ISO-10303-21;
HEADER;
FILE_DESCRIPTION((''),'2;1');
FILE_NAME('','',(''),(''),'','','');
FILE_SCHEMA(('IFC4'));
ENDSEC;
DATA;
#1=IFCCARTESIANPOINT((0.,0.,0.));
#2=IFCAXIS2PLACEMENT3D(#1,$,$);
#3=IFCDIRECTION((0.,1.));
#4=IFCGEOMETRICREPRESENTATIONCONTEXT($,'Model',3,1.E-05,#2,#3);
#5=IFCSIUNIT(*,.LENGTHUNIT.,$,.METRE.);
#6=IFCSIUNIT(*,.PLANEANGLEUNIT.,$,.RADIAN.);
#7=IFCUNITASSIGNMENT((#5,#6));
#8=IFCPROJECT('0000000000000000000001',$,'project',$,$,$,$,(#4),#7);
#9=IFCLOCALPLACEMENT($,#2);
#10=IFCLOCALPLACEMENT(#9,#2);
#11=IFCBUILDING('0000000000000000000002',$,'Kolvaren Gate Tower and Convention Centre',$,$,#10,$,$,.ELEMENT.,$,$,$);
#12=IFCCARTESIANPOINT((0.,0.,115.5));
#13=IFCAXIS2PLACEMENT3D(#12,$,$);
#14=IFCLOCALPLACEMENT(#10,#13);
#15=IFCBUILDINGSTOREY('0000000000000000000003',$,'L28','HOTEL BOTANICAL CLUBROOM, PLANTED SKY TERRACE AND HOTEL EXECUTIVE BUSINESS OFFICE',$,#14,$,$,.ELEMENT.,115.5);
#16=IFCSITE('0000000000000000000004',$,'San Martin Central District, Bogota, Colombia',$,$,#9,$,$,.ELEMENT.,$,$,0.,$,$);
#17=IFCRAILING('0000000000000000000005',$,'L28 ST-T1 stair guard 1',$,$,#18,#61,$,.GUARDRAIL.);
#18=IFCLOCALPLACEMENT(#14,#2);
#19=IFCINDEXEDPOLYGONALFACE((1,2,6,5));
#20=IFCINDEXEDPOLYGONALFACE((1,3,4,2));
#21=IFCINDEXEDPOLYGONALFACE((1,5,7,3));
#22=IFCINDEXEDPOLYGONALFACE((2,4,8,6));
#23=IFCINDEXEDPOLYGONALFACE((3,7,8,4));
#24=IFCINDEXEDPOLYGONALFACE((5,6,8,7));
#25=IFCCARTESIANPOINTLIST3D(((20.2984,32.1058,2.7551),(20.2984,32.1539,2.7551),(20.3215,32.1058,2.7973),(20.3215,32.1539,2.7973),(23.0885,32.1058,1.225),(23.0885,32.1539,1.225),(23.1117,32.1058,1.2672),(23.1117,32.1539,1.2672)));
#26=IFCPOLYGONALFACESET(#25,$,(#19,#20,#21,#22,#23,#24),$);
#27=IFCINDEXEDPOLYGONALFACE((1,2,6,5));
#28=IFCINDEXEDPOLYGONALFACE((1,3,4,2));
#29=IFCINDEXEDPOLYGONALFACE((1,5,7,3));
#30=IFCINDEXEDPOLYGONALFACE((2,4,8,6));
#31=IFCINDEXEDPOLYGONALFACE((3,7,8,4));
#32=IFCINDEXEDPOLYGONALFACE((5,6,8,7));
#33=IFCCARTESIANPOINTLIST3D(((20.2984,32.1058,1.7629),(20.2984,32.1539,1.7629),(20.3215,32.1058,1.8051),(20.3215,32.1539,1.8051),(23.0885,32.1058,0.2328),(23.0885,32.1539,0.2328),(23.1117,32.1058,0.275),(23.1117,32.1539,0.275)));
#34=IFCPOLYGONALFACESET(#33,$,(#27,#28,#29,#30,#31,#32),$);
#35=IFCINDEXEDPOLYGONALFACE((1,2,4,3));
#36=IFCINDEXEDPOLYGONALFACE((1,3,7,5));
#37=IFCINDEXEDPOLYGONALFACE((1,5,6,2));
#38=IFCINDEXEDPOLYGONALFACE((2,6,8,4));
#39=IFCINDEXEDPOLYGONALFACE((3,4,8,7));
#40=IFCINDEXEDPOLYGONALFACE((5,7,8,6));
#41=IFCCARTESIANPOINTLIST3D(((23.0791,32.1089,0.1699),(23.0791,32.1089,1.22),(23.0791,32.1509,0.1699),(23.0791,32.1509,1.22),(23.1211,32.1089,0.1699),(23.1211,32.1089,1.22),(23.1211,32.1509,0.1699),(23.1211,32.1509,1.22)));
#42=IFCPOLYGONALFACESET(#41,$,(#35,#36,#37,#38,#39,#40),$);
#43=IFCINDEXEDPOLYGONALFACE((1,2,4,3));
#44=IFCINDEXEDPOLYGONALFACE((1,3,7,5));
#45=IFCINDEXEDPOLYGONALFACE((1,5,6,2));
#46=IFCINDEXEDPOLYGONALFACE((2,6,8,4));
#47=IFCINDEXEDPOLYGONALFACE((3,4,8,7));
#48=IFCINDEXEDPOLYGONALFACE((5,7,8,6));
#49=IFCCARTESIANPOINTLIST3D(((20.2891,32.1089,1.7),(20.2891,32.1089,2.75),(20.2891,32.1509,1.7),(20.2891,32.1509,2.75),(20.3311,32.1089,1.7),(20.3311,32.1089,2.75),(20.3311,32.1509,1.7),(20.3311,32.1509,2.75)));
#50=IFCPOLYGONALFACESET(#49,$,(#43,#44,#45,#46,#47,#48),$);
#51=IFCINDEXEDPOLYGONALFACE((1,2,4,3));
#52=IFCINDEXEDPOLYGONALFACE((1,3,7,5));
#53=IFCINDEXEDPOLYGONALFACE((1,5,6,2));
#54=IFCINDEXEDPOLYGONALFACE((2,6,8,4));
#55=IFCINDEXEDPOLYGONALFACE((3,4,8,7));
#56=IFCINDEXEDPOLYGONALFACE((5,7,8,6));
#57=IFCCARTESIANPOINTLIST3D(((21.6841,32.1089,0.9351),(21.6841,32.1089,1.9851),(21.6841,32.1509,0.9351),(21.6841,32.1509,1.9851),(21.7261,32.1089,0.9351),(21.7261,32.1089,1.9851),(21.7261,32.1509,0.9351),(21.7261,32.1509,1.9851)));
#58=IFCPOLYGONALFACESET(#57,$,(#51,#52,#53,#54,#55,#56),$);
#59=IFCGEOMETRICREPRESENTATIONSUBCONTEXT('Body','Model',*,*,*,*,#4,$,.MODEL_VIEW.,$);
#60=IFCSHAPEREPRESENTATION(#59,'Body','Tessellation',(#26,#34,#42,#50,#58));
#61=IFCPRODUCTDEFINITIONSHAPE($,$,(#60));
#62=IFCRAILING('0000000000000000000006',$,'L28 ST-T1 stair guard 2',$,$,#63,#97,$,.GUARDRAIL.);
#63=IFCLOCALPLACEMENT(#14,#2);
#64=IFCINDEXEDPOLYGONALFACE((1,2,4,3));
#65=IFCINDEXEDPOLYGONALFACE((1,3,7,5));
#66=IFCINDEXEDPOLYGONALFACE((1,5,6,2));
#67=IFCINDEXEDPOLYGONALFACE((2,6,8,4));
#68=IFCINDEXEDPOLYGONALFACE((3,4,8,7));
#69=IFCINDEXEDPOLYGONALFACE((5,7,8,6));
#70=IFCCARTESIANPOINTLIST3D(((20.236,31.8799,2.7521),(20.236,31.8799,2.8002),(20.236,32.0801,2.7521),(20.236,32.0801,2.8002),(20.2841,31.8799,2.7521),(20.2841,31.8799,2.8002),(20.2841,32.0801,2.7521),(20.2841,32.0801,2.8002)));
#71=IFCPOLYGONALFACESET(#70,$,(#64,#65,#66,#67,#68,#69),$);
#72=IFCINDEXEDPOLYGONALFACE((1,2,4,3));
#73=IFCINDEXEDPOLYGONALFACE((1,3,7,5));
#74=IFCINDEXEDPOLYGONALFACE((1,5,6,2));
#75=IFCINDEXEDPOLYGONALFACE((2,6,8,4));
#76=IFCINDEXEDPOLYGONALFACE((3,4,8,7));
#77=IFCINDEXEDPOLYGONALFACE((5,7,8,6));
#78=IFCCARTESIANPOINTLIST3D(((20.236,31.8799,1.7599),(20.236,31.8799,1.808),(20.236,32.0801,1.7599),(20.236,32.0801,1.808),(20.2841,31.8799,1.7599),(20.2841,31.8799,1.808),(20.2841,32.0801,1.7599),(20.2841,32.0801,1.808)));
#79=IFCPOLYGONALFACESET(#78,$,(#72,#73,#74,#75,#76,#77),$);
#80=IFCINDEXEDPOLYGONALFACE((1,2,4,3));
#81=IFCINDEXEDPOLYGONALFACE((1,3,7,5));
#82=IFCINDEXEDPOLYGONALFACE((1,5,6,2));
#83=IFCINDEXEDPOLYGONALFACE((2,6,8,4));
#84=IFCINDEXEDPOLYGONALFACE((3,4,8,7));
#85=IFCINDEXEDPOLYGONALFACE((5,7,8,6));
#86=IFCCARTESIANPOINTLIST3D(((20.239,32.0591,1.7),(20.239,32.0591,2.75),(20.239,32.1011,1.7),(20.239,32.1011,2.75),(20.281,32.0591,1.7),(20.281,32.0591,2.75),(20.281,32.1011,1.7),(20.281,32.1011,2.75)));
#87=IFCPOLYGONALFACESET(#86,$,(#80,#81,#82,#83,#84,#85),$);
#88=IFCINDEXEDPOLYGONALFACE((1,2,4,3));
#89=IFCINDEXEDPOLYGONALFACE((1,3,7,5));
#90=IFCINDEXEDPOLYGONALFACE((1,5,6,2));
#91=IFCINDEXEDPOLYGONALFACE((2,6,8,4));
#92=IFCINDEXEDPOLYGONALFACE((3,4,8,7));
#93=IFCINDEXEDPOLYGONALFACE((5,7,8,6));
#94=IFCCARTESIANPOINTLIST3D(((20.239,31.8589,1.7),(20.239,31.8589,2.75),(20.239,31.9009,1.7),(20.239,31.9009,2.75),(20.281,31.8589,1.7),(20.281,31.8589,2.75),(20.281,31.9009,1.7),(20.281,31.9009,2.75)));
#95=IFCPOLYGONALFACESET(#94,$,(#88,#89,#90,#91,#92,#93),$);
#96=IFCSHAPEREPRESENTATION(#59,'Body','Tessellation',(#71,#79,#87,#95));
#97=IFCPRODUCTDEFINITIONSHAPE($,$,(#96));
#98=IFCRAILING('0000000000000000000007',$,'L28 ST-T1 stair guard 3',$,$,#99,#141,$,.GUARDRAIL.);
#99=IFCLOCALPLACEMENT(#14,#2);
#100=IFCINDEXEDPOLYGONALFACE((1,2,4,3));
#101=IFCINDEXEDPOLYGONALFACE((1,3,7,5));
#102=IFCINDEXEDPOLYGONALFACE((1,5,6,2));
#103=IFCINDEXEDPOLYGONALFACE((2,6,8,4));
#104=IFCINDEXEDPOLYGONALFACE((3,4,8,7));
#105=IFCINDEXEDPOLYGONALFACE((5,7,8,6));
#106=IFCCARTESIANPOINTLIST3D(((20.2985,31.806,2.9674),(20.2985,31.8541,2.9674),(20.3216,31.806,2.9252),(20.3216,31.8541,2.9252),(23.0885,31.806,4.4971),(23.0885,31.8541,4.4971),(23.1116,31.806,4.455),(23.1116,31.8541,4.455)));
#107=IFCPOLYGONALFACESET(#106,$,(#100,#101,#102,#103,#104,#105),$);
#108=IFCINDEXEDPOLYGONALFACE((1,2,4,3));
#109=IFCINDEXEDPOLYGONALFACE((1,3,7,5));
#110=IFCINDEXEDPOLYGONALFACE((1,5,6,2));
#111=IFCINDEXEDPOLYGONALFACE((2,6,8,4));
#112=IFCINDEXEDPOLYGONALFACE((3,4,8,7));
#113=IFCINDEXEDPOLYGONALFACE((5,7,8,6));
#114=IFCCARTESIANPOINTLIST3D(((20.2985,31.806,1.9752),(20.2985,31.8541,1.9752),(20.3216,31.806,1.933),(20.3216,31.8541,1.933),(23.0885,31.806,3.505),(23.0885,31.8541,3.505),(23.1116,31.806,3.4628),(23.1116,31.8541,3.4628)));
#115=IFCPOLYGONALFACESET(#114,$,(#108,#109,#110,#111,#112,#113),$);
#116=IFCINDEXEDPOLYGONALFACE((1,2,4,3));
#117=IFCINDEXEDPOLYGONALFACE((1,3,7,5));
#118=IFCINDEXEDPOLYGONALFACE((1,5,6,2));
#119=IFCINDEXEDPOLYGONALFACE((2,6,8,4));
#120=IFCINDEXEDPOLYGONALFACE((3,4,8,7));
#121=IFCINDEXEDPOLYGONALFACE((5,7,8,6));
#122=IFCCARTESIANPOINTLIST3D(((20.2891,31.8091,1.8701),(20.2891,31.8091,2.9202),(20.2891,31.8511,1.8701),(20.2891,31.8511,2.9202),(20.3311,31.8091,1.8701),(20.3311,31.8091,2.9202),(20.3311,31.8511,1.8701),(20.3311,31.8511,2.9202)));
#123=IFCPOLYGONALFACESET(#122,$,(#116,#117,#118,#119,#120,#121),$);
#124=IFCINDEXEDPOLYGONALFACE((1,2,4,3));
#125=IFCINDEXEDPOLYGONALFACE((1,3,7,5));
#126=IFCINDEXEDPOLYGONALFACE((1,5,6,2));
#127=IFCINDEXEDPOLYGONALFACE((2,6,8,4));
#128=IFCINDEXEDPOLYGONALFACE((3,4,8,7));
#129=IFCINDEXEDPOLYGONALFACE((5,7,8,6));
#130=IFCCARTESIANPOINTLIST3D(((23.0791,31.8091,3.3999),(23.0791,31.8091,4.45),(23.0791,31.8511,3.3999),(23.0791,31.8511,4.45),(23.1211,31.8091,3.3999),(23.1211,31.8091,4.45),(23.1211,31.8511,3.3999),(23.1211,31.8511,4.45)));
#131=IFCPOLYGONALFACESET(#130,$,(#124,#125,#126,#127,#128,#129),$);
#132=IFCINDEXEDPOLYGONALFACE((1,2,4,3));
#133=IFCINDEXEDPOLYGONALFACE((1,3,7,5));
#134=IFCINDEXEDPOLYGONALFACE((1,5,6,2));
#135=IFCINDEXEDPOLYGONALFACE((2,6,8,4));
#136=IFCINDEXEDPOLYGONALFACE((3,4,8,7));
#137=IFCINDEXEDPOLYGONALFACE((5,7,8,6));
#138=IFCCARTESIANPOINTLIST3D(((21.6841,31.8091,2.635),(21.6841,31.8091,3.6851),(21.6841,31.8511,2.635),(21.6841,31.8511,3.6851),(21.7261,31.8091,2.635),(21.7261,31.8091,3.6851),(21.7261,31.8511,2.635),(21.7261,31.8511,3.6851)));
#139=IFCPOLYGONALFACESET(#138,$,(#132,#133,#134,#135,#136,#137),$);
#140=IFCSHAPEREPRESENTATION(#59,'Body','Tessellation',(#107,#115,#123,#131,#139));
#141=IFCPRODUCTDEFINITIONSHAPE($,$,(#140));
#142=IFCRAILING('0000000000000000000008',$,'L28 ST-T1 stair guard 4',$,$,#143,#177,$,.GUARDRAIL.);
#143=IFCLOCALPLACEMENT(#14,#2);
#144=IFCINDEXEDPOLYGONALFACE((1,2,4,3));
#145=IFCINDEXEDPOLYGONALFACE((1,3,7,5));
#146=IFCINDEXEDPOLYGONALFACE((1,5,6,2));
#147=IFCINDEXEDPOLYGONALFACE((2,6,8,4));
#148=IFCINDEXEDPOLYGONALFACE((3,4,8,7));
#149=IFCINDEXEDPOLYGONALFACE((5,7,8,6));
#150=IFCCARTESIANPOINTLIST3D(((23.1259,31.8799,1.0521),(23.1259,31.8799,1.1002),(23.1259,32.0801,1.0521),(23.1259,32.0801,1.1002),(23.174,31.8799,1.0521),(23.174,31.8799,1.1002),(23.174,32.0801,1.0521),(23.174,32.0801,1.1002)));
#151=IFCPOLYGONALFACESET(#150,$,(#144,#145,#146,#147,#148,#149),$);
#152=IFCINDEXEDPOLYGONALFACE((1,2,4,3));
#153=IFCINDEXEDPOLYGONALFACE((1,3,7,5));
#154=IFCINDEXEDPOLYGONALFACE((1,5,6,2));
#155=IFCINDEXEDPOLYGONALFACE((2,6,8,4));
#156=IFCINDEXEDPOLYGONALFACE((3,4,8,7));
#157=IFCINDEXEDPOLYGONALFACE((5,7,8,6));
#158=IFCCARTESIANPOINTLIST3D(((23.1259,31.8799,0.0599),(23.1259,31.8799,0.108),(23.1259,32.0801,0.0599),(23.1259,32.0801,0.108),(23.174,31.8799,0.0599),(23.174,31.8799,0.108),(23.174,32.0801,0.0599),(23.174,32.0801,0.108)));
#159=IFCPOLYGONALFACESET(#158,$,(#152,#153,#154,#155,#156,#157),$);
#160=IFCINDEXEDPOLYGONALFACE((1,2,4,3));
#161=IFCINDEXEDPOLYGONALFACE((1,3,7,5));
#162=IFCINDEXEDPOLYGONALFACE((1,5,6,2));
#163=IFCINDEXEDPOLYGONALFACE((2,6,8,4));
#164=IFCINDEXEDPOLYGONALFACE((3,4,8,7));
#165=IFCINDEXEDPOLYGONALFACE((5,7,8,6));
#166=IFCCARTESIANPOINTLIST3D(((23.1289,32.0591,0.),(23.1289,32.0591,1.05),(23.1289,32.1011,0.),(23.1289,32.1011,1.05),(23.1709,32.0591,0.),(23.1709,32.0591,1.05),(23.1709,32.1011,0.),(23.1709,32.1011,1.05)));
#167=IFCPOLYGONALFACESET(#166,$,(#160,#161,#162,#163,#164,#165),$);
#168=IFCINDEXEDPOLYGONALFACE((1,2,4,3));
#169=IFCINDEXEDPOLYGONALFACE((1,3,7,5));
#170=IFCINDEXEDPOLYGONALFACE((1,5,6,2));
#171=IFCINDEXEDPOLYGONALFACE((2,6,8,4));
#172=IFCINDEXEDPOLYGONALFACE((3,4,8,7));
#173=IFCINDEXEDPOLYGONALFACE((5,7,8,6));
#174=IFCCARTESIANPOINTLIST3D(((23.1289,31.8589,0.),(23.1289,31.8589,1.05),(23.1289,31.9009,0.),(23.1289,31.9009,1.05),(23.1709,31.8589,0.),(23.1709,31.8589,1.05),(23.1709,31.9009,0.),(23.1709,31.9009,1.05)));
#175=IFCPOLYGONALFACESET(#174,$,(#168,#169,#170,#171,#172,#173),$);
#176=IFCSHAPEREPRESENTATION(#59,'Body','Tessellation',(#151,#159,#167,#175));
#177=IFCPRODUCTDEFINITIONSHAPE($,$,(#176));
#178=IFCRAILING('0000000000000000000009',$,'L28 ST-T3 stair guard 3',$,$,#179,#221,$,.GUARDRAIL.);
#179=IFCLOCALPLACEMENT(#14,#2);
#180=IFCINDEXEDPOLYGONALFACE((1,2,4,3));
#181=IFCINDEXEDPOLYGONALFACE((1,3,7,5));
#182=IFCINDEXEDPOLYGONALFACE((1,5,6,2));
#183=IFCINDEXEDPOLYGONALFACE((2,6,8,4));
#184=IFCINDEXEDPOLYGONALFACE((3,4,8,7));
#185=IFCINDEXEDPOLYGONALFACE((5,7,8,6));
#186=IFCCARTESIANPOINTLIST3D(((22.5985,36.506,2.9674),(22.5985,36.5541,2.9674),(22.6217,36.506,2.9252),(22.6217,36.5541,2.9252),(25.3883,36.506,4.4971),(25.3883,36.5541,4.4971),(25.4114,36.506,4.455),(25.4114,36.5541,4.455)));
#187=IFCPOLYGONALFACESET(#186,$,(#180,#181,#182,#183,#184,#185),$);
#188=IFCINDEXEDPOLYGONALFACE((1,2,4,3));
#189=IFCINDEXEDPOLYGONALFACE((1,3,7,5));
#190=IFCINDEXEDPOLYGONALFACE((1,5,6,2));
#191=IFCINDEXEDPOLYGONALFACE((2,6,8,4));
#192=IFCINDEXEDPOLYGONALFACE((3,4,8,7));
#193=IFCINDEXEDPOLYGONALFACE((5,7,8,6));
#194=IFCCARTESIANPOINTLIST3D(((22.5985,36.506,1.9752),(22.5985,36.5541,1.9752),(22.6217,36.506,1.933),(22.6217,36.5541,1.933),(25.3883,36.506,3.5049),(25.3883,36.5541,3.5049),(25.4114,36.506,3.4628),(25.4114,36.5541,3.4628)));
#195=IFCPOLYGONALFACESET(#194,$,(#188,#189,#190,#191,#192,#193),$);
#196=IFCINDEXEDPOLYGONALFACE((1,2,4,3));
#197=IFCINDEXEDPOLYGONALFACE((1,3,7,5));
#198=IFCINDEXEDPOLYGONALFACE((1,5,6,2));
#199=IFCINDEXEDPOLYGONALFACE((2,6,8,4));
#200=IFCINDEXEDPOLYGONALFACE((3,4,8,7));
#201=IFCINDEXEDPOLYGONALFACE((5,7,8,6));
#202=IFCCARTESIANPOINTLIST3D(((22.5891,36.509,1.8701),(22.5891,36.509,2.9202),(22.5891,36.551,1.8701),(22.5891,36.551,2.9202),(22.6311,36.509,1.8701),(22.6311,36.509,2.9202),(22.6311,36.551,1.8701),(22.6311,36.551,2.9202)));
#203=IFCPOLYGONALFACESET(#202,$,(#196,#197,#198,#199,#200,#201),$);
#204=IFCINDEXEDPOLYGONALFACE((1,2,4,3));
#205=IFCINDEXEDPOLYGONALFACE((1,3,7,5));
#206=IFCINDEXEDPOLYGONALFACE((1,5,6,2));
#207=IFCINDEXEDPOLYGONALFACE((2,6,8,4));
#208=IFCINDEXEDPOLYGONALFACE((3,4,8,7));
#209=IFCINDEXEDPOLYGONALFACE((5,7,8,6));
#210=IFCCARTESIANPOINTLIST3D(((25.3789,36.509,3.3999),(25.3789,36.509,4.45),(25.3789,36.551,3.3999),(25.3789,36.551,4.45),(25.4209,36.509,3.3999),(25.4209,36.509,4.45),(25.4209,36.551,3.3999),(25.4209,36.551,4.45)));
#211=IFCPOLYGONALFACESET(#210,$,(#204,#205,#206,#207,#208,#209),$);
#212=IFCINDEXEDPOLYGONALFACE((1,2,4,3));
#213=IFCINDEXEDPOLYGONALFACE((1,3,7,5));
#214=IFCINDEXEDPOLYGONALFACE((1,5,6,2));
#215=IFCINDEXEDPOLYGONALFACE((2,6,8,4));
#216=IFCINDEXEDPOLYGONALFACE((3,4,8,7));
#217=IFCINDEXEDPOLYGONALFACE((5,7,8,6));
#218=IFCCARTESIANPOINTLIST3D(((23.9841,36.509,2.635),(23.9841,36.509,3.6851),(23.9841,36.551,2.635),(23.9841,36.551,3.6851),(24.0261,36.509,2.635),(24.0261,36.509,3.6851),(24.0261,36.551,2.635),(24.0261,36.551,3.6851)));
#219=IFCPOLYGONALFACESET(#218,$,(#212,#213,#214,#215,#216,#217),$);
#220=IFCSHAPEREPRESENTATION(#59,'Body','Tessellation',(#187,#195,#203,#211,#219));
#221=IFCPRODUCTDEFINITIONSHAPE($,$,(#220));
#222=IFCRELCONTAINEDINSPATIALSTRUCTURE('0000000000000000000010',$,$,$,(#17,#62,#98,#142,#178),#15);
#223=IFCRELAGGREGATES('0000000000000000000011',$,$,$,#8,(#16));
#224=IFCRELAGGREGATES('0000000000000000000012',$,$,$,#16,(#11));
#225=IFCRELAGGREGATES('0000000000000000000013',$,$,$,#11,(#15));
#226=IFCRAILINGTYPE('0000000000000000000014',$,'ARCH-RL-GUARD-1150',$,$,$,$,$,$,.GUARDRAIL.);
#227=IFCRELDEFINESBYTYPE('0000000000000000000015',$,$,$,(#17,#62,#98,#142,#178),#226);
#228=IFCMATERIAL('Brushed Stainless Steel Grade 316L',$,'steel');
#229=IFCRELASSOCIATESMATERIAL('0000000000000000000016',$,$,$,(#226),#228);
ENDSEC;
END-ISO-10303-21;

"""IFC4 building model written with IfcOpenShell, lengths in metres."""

from ifc_helpers import new_model, si_unit, direction, frame, origin, origin_2d, place, context, subcontext, project, spatial, rectangle, extrude, material, type_object, element, save


model = new_model("IFC4")

# Units and contexts
model_context = context("Model", 3, precision=1e-05, world=origin(), true_north=direction((0.0, 1.0)))
body_context = subcontext(model_context, "Body", "Model", "MODEL_VIEW")
ifc_project = project(units=[si_unit("LENGTHUNIT", "METRE"), si_unit("PLANEANGLEUNIT", "RADIAN")], contexts=[model_context])

# Site, building, storey
site_placement = place(None, origin())
site = spatial("IfcSite", under=ifc_project, at=site_placement, Name="San Martin Central District, Bogota, Colombia", CompositionType="ELEMENT", RefElevation=0.0)
building_placement = place(site_placement, origin())
building = spatial("IfcBuilding", under=site, at=building_placement, Name="Kolvaren Gate Tower and Convention Centre", CompositionType="ELEMENT")
storey_placement = place(building_placement, frame((0.0, 0.0, 115.5)))
storey = spatial("IfcBuildingStorey", under=building, at=storey_placement, Name="L28", Description="HOTEL BOTANICAL CLUBROOM, PLANTED SKY TERRACE AND HOTEL EXECUTIVE BUSINESS OFFICE", CompositionType="ELEMENT", Elevation=115.5)

# Shared definitions
ifc_material_1 = material(Name="Brushed Stainless Steel Grade 316L", Category="steel")

# Railings
railing_type_1 = type_object("IfcRailingType", Name="ARCH-RL-GUARD-1150", PredefinedType="GUARDRAIL", material=ifc_material_1)
railing_1_placement = place(storey_placement, frame((23.1001, 32.1299, 0.1699)))
element("IfcRailing", 1, at=railing_1_placement, inside=storey, type_object=railing_type_1, Name="L28 ST-T1 stair guard 1", PredefinedType="GUARDRAIL", context=body_context, shape_type="SweptSolid", body=[
    extrude(rectangle(XDim=0.0481, YDim=0.0481, at=origin_2d()), frame((0.0, 0.0, 1.0762), z_axis=(-0.876811, 0.0, 0.480835), x_axis=(0.0, -1.0, 0.0)), (0.0, 0.0, 1.0), 3.1821),
    extrude(rectangle(XDim=0.0481, YDim=0.0481, at=origin_2d()), frame((0.0, 0.0, 0.084), z_axis=(-0.876811, 0.0, 0.480835), x_axis=(0.0, -1.0, 0.0)), (0.0, 0.0, 1.0), 3.1821),
    extrude(rectangle(XDim=0.042, YDim=0.042, at=origin_2d()), origin(), (0.0, 0.0, 1.0), 1.05),
    extrude(rectangle(XDim=0.042, YDim=0.042, at=origin_2d()), frame((-2.79, 0.0, 1.53)), (0.0, 0.0, 1.0), 1.05),
    extrude(rectangle(XDim=0.042, YDim=0.042, at=origin_2d()), frame((-1.395, 0.0, 0.7651)), (0.0, 0.0, 1.0), 1.05),
])
railing_2_placement = place(storey_placement, frame((20.26, 32.0801, 1.7)))
element("IfcRailing", 2, at=railing_2_placement, inside=storey, type_object=railing_type_1, Name="L28 ST-T1 stair guard 2", PredefinedType="GUARDRAIL", context=body_context, shape_type="SweptSolid", body=[
    extrude(rectangle(XDim=0.0481, YDim=0.0481, at=origin_2d()), frame((0.0, 0.0, 1.0762), z_axis=(0.0, -1.0, 0.0), x_axis=(1.0, 0.0, 0.0)), (0.0, 0.0, 1.0), 0.2002),
    extrude(rectangle(XDim=0.0481, YDim=0.0481, at=origin_2d()), frame((0.0, 0.0, 0.084), z_axis=(0.0, -1.0, 0.0), x_axis=(1.0, 0.0, 0.0)), (0.0, 0.0, 1.0), 0.2002),
    extrude(rectangle(XDim=0.042, YDim=0.042, at=origin_2d()), origin(), (0.0, 0.0, 1.0), 1.05),
    extrude(rectangle(XDim=0.042, YDim=0.042, at=origin_2d()), frame((0.0, -0.2002, 0.0)), (0.0, 0.0, 1.0), 1.05),
])
railing_3_placement = place(storey_placement, frame((20.3101, 31.8301, 1.8701)))
element("IfcRailing", 3, at=railing_3_placement, inside=storey, type_object=railing_type_1, Name="L28 ST-T1 stair guard 3", PredefinedType="GUARDRAIL", context=body_context, shape_type="SweptSolid", body=[
    extrude(rectangle(XDim=0.0481, YDim=0.0481, at=origin_2d()), frame((0.0, 0.0, 1.0762), z_axis=(0.876844, 0.0, 0.480776), x_axis=(0.0, 1.0, 0.0)), (0.0, 0.0, 1.0), 3.1819),
    extrude(rectangle(XDim=0.0481, YDim=0.0481, at=origin_2d()), frame((0.0, 0.0, 0.084), z_axis=(0.876844, 0.0, 0.480776), x_axis=(0.0, 1.0, 0.0)), (0.0, 0.0, 1.0), 3.1819),
    extrude(rectangle(XDim=0.042, YDim=0.042, at=origin_2d()), origin(), (0.0, 0.0, 1.0), 1.05),
    extrude(rectangle(XDim=0.042, YDim=0.042, at=origin_2d()), frame((2.79, 0.0, 1.5298)), (0.0, 0.0, 1.0), 1.05),
    extrude(rectangle(XDim=0.042, YDim=0.042, at=origin_2d()), frame((1.395, 0.0, 0.7649)), (0.0, 0.0, 1.0), 1.05),
])
railing_4_placement = place(storey_placement, frame((23.1499, 32.0801, 0.0)))
element("IfcRailing", 4, at=railing_4_placement, inside=storey, type_object=railing_type_1, Name="L28 ST-T1 stair guard 4", PredefinedType="GUARDRAIL", context=body_context, shape_type="SweptSolid", body=[
    extrude(rectangle(XDim=0.0481, YDim=0.0481, at=origin_2d()), frame((0.0, 0.0, 1.0762), z_axis=(0.0, -1.0, 0.0), x_axis=(1.0, 0.0, 0.0)), (0.0, 0.0, 1.0), 0.2002),
    extrude(rectangle(XDim=0.0481, YDim=0.0481, at=origin_2d()), frame((0.0, 0.0, 0.084), z_axis=(0.0, -1.0, 0.0), x_axis=(1.0, 0.0, 0.0)), (0.0, 0.0, 1.0), 0.2002),
    extrude(rectangle(XDim=0.042, YDim=0.042, at=origin_2d()), origin(), (0.0, 0.0, 1.0), 1.05),
    extrude(rectangle(XDim=0.042, YDim=0.042, at=origin_2d()), frame((0.0, -0.2002, 0.0)), (0.0, 0.0, 1.0), 1.05),
])
railing_5_placement = place(storey_placement, frame((22.6101, 36.53, 1.8701)))
element("IfcRailing", 5, at=railing_5_placement, inside=storey, type_object=railing_type_1, Name="L28 ST-T3 stair guard 3", PredefinedType="GUARDRAIL", context=body_context, shape_type="SweptSolid", body=[
    extrude(rectangle(XDim=0.0481, YDim=0.0481, at=origin_2d()), frame((0.0, 0.0, 1.0762), z_axis=(0.876826, 0.0, 0.480808), x_axis=(0.0, 1.0, 0.0)), (0.0, 0.0, 1.0), 3.1816),
    extrude(rectangle(XDim=0.0481, YDim=0.0481, at=origin_2d()), frame((0.0, 0.0, 0.084), z_axis=(0.876826, 0.0, 0.480808), x_axis=(0.0, 1.0, 0.0)), (0.0, 0.0, 1.0), 3.1816),
    extrude(rectangle(XDim=0.042, YDim=0.042, at=origin_2d()), origin(), (0.0, 0.0, 1.0), 1.05),
    extrude(rectangle(XDim=0.042, YDim=0.042, at=origin_2d()), frame((2.7898, 0.0, 1.5298)), (0.0, 0.0, 1.0), 1.05),
    extrude(rectangle(XDim=0.042, YDim=0.042, at=origin_2d()), frame((1.395, 0.0, 0.7649)), (0.0, 0.0, 1.0), 1.05),
])

save(model, "model.ifc")
